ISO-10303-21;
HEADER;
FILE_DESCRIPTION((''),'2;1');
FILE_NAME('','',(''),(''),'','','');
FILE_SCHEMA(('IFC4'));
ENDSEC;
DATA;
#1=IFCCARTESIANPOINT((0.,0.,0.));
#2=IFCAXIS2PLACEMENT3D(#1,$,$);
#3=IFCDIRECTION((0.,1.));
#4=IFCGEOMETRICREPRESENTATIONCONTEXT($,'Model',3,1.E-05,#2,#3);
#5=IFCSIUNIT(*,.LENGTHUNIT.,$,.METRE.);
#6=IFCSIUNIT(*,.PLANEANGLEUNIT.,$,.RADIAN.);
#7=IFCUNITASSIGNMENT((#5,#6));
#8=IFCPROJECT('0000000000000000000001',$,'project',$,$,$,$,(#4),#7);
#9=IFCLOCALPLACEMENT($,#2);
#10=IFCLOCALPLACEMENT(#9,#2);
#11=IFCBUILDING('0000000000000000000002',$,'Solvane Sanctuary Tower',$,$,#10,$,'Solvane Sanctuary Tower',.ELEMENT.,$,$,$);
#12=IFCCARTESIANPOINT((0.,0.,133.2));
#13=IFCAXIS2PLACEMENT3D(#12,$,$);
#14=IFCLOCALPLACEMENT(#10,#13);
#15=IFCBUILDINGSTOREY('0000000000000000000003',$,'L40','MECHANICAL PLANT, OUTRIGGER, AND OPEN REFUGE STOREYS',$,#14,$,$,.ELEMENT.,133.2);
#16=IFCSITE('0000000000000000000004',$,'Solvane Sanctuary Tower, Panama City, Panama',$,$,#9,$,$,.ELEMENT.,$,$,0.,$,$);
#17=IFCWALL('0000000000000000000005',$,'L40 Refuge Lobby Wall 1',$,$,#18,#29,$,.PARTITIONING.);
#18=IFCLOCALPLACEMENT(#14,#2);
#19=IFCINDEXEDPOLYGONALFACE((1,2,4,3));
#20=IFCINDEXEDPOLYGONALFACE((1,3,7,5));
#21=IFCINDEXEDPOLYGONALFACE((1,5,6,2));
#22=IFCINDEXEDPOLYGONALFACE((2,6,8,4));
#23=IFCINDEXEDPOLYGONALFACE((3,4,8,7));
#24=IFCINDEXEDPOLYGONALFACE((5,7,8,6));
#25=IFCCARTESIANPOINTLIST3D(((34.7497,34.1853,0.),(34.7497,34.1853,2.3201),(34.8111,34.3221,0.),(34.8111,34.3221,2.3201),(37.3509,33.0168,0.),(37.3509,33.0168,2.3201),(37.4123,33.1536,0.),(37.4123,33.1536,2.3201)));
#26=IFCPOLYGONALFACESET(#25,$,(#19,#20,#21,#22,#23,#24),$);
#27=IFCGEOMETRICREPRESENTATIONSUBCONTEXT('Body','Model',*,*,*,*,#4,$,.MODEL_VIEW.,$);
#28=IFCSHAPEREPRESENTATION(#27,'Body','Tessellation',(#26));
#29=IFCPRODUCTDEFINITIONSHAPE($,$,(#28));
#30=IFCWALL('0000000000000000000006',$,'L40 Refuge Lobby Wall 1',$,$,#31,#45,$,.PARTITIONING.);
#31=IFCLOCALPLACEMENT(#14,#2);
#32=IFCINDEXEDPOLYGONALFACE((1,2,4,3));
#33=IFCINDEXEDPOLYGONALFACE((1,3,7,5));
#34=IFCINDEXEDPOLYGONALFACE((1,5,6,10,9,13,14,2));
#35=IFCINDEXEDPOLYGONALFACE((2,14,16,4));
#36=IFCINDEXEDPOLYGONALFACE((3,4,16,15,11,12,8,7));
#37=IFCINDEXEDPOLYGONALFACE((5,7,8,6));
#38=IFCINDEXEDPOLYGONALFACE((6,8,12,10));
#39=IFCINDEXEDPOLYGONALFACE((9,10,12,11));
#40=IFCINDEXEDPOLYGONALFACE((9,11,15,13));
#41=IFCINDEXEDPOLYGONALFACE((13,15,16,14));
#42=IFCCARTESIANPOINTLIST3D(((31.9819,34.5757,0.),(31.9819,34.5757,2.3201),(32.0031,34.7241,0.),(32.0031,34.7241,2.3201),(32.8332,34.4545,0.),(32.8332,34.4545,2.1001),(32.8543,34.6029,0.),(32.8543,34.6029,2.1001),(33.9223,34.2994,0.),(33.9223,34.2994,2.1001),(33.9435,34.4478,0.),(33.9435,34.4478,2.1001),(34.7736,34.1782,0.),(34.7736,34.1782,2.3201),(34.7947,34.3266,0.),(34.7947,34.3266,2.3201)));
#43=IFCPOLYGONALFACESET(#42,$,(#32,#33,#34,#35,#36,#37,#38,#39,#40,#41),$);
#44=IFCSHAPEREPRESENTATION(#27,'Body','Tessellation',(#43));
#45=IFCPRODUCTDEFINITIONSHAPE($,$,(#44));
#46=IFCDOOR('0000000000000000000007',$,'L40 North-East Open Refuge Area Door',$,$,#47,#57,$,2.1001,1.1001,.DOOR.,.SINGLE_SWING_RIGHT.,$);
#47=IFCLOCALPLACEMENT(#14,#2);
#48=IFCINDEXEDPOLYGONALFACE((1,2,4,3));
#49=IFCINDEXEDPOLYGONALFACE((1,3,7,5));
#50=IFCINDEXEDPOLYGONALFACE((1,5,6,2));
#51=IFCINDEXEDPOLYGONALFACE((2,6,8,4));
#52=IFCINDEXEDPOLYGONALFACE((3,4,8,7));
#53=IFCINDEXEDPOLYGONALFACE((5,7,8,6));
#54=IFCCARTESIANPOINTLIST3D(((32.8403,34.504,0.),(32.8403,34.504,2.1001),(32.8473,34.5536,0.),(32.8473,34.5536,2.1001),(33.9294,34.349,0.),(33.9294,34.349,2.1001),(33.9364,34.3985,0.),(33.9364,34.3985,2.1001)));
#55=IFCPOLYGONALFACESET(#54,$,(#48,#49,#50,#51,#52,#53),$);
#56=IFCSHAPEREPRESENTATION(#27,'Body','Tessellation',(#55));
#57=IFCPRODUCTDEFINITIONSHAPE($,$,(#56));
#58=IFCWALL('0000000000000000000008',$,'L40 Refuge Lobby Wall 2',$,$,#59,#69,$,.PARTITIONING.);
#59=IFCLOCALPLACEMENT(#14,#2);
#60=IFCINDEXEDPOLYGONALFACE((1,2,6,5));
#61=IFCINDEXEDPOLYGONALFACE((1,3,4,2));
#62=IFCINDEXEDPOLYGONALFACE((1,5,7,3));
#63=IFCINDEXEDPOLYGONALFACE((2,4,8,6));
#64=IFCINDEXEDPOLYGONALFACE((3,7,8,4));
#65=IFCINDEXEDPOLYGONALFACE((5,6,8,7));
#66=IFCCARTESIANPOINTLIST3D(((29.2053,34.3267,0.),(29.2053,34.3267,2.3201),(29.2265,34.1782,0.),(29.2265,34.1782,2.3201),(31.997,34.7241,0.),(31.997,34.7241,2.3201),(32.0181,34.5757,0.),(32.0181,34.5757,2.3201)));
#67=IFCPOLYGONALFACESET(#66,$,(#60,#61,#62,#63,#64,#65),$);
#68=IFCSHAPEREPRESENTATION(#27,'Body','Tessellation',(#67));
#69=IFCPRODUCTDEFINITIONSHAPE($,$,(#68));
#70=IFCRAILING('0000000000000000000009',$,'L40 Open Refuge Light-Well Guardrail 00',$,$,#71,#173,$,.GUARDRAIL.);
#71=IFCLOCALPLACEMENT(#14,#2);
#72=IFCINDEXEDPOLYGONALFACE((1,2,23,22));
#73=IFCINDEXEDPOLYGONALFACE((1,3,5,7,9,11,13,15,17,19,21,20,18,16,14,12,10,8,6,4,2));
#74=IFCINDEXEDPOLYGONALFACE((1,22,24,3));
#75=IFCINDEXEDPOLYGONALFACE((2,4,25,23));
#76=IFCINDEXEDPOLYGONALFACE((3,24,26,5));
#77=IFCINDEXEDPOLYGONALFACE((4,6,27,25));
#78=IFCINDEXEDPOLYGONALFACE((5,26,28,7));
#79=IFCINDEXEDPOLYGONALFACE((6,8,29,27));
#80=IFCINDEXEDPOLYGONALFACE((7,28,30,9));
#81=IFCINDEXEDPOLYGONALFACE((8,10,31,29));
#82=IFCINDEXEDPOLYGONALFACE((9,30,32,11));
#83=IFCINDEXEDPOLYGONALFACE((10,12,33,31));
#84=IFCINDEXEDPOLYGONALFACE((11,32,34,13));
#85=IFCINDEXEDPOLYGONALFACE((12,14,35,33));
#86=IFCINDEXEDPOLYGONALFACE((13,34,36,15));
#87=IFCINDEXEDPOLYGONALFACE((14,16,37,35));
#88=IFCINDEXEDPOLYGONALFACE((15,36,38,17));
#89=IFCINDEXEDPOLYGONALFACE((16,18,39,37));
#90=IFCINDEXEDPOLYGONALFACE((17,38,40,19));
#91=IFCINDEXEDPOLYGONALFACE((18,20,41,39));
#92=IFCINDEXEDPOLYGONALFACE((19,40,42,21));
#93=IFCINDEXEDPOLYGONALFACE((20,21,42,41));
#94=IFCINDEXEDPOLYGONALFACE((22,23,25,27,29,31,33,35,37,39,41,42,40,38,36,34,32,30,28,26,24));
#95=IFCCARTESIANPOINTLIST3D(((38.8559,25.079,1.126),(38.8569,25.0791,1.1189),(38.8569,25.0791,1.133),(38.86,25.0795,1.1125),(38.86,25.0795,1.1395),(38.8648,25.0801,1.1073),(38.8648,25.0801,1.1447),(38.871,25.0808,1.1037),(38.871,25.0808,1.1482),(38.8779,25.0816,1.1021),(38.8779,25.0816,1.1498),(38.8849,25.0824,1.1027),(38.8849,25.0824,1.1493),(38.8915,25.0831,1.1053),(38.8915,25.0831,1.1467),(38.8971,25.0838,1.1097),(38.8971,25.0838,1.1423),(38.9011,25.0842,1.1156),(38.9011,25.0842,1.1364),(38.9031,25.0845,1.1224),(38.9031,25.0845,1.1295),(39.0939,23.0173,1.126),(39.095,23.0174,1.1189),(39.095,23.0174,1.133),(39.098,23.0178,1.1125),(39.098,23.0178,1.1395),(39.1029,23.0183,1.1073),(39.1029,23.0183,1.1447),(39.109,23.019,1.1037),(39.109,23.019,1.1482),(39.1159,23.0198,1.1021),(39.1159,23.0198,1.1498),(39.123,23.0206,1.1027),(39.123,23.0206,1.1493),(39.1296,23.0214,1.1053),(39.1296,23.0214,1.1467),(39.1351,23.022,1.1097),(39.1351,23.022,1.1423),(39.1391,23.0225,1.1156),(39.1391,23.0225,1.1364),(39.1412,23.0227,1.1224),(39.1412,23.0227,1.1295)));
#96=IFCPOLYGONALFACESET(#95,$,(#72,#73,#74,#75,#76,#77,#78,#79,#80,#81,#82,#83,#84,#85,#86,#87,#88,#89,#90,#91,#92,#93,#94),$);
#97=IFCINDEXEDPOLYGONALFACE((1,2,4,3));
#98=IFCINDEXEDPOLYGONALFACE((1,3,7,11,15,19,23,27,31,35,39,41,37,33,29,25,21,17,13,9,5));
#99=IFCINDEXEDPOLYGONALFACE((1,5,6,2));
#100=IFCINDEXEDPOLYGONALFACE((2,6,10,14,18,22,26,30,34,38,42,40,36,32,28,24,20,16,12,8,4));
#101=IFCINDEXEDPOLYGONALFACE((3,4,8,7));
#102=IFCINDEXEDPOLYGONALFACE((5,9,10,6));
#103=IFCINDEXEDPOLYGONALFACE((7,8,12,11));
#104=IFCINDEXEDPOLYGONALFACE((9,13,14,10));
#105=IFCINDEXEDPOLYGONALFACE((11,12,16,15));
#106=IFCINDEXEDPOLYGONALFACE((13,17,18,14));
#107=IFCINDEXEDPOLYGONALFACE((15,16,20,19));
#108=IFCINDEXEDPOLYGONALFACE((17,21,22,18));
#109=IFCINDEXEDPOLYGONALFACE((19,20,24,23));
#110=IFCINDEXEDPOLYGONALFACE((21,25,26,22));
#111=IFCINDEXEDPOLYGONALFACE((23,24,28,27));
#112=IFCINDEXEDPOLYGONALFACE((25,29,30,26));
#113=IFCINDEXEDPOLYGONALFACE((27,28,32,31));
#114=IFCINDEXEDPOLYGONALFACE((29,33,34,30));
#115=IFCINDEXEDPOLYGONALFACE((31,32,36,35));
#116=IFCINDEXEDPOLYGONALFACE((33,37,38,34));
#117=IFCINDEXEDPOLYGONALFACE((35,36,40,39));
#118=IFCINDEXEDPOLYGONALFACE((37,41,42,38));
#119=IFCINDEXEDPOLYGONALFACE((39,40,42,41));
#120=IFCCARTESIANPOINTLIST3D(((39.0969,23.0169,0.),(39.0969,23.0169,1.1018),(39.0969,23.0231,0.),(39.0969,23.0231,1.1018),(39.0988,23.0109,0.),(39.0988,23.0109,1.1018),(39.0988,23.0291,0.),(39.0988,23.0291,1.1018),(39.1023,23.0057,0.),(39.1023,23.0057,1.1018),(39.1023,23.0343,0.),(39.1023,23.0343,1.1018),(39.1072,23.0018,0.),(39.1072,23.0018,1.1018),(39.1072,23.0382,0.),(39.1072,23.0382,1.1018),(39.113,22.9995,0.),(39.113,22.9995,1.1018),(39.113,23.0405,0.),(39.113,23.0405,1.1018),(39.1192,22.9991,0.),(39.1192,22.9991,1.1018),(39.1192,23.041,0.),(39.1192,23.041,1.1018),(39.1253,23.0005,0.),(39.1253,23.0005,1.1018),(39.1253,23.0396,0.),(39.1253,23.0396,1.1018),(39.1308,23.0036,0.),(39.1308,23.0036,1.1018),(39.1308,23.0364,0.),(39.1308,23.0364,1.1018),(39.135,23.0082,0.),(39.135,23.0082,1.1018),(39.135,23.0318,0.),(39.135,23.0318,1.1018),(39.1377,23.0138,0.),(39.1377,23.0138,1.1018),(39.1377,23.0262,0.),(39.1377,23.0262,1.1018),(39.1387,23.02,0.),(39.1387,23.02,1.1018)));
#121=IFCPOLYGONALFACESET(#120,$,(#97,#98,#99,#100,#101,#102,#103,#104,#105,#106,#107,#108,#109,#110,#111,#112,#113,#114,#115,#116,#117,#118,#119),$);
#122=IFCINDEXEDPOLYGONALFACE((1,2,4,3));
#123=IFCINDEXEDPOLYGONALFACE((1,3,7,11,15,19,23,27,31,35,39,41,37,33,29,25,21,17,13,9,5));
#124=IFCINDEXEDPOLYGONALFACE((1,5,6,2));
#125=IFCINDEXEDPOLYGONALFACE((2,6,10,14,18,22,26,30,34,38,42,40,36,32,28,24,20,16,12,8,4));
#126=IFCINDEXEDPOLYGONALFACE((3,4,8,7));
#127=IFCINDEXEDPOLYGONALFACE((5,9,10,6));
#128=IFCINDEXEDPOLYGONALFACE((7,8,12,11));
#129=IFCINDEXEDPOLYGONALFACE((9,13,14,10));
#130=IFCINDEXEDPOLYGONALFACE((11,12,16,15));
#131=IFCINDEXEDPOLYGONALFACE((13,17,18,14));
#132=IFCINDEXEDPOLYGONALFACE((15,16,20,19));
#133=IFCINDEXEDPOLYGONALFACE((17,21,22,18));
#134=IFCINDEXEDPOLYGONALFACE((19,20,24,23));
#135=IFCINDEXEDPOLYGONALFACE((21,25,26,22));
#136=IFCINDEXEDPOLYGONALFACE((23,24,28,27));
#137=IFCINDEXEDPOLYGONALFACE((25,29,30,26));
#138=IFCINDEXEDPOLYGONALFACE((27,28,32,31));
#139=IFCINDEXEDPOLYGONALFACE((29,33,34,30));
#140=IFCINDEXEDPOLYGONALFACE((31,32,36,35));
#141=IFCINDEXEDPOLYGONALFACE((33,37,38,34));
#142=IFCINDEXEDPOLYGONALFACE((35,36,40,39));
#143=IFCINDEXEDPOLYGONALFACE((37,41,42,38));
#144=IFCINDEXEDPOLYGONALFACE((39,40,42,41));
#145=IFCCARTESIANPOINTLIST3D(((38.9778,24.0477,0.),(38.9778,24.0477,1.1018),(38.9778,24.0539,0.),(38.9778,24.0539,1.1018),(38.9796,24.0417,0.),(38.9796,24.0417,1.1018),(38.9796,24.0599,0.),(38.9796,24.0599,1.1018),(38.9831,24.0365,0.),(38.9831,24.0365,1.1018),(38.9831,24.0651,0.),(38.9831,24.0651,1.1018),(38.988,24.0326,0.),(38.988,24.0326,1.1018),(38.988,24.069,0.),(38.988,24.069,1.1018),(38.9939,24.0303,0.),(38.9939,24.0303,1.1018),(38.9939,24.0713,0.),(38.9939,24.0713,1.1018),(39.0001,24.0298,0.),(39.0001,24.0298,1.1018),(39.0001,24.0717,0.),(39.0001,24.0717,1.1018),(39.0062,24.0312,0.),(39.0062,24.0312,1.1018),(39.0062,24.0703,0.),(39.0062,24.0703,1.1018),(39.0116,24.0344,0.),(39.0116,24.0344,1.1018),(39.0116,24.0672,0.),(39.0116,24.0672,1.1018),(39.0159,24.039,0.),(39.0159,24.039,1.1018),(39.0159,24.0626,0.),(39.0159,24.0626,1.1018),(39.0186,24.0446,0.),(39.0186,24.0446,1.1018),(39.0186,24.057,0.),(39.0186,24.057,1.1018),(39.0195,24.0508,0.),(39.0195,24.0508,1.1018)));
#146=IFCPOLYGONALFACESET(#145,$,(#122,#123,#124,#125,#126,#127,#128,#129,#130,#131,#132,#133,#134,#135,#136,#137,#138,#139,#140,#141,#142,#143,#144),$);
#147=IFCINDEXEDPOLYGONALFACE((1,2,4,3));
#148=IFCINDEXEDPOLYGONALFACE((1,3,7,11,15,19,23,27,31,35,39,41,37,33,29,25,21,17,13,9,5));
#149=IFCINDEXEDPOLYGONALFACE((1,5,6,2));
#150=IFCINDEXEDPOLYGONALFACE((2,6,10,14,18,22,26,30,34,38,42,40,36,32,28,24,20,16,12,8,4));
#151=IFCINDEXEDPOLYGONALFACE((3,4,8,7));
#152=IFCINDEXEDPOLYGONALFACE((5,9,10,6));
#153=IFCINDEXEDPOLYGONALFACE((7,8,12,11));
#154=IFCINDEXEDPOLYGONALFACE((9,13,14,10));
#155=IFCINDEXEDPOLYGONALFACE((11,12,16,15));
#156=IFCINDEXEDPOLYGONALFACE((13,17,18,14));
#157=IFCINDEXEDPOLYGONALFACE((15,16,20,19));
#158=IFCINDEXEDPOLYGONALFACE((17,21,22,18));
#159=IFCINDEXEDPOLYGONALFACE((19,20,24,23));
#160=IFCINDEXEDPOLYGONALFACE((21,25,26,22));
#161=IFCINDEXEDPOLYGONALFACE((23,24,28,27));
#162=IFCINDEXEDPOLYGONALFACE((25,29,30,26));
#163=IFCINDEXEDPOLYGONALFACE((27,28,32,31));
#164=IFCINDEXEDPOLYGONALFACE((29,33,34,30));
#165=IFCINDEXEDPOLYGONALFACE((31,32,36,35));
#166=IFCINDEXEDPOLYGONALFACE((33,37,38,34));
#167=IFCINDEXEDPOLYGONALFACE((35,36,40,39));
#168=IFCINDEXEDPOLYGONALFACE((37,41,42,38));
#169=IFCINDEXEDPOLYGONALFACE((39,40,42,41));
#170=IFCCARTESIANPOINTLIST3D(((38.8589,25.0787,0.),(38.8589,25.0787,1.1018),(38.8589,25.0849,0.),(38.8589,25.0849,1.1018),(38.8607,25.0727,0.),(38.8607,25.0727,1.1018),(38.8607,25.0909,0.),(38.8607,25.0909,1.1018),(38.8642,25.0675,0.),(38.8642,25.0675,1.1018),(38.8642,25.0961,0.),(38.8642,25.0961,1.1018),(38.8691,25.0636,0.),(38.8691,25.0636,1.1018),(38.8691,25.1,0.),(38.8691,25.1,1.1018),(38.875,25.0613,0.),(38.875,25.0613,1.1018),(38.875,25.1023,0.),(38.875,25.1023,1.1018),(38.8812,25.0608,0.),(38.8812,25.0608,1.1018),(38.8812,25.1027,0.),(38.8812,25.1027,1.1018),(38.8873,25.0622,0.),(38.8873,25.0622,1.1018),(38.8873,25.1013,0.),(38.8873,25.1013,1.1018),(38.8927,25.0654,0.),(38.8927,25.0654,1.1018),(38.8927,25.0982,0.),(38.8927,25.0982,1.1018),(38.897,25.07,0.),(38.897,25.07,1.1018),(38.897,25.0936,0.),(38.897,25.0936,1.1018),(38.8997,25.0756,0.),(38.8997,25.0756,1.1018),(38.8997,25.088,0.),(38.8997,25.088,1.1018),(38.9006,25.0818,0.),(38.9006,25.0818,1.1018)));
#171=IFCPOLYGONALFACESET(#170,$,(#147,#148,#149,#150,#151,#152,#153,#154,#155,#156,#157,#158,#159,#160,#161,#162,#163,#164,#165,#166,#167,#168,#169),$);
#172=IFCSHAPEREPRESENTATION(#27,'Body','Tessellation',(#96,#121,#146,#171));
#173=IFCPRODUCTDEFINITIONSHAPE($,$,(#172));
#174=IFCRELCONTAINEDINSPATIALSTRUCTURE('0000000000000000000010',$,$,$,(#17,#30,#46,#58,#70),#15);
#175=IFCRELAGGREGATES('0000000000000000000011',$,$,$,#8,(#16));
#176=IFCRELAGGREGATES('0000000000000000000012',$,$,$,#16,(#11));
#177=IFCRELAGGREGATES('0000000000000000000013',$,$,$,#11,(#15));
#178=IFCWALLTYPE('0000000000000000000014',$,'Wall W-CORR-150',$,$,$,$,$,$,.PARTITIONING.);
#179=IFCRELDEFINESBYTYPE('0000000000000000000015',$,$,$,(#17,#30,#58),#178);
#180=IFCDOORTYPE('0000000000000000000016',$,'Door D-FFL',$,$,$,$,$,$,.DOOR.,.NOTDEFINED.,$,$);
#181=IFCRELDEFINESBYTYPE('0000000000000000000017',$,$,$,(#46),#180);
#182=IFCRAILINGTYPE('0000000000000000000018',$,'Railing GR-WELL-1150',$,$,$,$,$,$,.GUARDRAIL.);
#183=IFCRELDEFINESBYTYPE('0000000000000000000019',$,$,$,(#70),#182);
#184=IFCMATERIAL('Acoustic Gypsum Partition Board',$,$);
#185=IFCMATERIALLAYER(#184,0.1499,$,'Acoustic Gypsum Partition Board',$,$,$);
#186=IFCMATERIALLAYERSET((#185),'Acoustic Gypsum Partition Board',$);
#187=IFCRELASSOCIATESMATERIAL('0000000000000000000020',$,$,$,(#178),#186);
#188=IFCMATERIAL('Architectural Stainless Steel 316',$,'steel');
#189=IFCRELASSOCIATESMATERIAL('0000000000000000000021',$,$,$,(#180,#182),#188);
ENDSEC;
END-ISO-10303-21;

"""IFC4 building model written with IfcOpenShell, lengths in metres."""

from ifc_helpers import new_model, si_unit, direction, frame, frame_2d, origin, origin_2d, place, context, subcontext, project, spatial, rectangle, circle, extrude, material, layer, layer_set, type_object, element, fill, save


model = new_model("IFC4")

# Units and contexts
model_context = context("Model", 3, precision=1e-05, world=origin(), true_north=direction((0.0, 1.0)))
body_context = subcontext(model_context, "Body", "Model", "MODEL_VIEW")
ifc_project = project(units=[si_unit("LENGTHUNIT", "METRE"), si_unit("PLANEANGLEUNIT", "RADIAN")], contexts=[model_context])

# Site, building, storey
site_placement = place(None, origin())
site = spatial("IfcSite", under=ifc_project, at=site_placement, Name="Solvane Sanctuary Tower, Panama City, Panama", CompositionType="ELEMENT", RefElevation=0.0)
building_placement = place(site_placement, origin())
building = spatial("IfcBuilding", under=site, at=building_placement, Name="Solvane Sanctuary Tower", LongName="Solvane Sanctuary Tower", CompositionType="ELEMENT")
storey_placement = place(building_placement, frame((0.0, 0.0, 133.2)))
storey = spatial("IfcBuildingStorey", under=building, at=storey_placement, Name="L40", Description="MECHANICAL PLANT, OUTRIGGER, AND OPEN REFUGE STOREYS", CompositionType="ELEMENT", Elevation=133.2)

# Wall
ifc_material_1 = material(Name="Acoustic Gypsum Partition Board")
ifc_layer = layer(ifc_material_1, 0.1499, Name="Acoustic Gypsum Partition Board")
ifc_layer_set = layer_set([ifc_layer], Name="Acoustic Gypsum Partition Board")
wall_type = type_object("IfcWallType", Name="Wall W-CORR-150", PredefinedType="PARTITIONING", material=ifc_layer_set)
wall_1_placement = place(storey_placement, frame((37.3816, 33.0852, 0.0), z_axis=(0.0, 0.0, 1.0), x_axis=(-0.912187, 0.409774, 0.0)))
element("IfcWall", 1, at=wall_1_placement, inside=storey, type_object=wall_type, Name="L40 Refuge Lobby Wall 1", PredefinedType="PARTITIONING", context=body_context, shape_type="SweptSolid", body=[
    extrude(rectangle(XDim=2.8516, YDim=0.1499, at=frame_2d((1.4258, 0.0))), origin(), (0.0, 0.0, 1.0), 2.3201),
])

# Wall, opening, door
wall_2_placement = place(storey_placement, frame((34.7842, 34.2524, 0.0), z_axis=(0.0, 0.0, 1.0), x_axis=(-0.990017, 0.140949, 0.0)))
wall_2 = element("IfcWall", 2, at=wall_2_placement, inside=storey, type_object=wall_type, Name="L40 Refuge Lobby Wall 1", PredefinedType="PARTITIONING", context=body_context, shape_type="SweptSolid", body=[
    extrude(rectangle(XDim=2.8198, YDim=0.1499, at=frame_2d((1.4099, 0.0))), origin(), (0.0, 0.0, 1.0), 2.3201),
])
opening_placement = place(wall_2_placement, frame((0.8599, 0.0, 0.0)))
opening = element("IfcOpeningElement", 3, at=opening_placement, cuts=wall_2, PredefinedType="OPENING", context=body_context, shape_type="SweptSolid", body=[
    extrude(rectangle(XDim=1.1001, YDim=2.1001, at=frame_2d((0.55, 1.05))), frame((0.0, 0.085, 0.0), z_axis=(0.0, -1.0, 0.0), x_axis=(1.0, 0.0, 0.0)), (0.0, 0.0, 1.0), 0.1699),
])
ifc_material_2 = material(Name="Architectural Stainless Steel 316", Category="steel")
door_type = type_object("IfcDoorType", Name="Door D-FFL", OperationType="NOTDEFINED", PredefinedType="DOOR", material=ifc_material_2)
door_placement = place(opening_placement, origin())
door = element("IfcDoor", 4, at=door_placement, inside=storey, type_object=door_type, Name="L40 North-East Open Refuge Area Door", OperationType="SINGLE_SWING_RIGHT", OverallHeight=2.1001, OverallWidth=1.1001, PredefinedType="DOOR", context=body_context, shape_type="SweptSolid", body=[
    extrude(rectangle(XDim=1.1001, YDim=2.1001, at=frame_2d((0.55, 1.05))), frame((0.0, 0.0249, 0.0), z_axis=(0.0, -1.0, 0.0), x_axis=(1.0, 0.0, 0.0)), (0.0, 0.0, 1.0), 0.05),
])
fill(opening, door)

# Wall
wall_3_placement = place(storey_placement, frame((32.0076, 34.6499, 0.0), z_axis=(0.0, 0.0, 1.0), x_axis=(-0.990017, -0.140949, 0.0)))
element("IfcWall", 5, at=wall_3_placement, inside=storey, type_object=wall_type, Name="L40 Refuge Lobby Wall 2", PredefinedType="PARTITIONING", context=body_context, shape_type="SweptSolid", body=[
    extrude(rectangle(XDim=2.8198, YDim=0.1499, at=frame_2d((1.4099, 0.0))), origin(), (0.0, 0.0, 1.0), 2.3201),
])

# Railing
railing_type_1 = type_object("IfcRailingType", Name="Railing GR-WELL-1150", PredefinedType="GUARDRAIL", material=ifc_material_2)
railing_1_placement = place(storey_placement, frame((39.1177, 23.02, 0.0)))
element("IfcRailing", 6, at=railing_1_placement, inside=storey, type_object=railing_type_1, Name="L40 Open Refuge Light-Well Guardrail 00", PredefinedType="GUARDRAIL", context=body_context, shape_type="SweptSolid", body=[
    extrude(circle(Radius=0.0239, at=origin_2d()), frame((0.0, 0.0, 1.126), z_axis=(-0.114691, 0.993401, 0.0), x_axis=(-0.993401, -0.114691, 0.0)), (0.0, 0.0, 1.0), 2.0754),
    extrude(circle(Radius=0.021, at=origin_2d()), origin(), (0.0, 0.0, 1.0), 1.1018),
    extrude(circle(Radius=0.021, at=origin_2d()), frame((-0.1191, 1.0308, 0.0)), (0.0, 0.0, 1.0), 1.1018),
    extrude(circle(Radius=0.021, at=origin_2d()), frame((-0.238, 2.0618, 0.0)), (0.0, 0.0, 1.0), 1.1018),
])

save(model, "model.ifc")
